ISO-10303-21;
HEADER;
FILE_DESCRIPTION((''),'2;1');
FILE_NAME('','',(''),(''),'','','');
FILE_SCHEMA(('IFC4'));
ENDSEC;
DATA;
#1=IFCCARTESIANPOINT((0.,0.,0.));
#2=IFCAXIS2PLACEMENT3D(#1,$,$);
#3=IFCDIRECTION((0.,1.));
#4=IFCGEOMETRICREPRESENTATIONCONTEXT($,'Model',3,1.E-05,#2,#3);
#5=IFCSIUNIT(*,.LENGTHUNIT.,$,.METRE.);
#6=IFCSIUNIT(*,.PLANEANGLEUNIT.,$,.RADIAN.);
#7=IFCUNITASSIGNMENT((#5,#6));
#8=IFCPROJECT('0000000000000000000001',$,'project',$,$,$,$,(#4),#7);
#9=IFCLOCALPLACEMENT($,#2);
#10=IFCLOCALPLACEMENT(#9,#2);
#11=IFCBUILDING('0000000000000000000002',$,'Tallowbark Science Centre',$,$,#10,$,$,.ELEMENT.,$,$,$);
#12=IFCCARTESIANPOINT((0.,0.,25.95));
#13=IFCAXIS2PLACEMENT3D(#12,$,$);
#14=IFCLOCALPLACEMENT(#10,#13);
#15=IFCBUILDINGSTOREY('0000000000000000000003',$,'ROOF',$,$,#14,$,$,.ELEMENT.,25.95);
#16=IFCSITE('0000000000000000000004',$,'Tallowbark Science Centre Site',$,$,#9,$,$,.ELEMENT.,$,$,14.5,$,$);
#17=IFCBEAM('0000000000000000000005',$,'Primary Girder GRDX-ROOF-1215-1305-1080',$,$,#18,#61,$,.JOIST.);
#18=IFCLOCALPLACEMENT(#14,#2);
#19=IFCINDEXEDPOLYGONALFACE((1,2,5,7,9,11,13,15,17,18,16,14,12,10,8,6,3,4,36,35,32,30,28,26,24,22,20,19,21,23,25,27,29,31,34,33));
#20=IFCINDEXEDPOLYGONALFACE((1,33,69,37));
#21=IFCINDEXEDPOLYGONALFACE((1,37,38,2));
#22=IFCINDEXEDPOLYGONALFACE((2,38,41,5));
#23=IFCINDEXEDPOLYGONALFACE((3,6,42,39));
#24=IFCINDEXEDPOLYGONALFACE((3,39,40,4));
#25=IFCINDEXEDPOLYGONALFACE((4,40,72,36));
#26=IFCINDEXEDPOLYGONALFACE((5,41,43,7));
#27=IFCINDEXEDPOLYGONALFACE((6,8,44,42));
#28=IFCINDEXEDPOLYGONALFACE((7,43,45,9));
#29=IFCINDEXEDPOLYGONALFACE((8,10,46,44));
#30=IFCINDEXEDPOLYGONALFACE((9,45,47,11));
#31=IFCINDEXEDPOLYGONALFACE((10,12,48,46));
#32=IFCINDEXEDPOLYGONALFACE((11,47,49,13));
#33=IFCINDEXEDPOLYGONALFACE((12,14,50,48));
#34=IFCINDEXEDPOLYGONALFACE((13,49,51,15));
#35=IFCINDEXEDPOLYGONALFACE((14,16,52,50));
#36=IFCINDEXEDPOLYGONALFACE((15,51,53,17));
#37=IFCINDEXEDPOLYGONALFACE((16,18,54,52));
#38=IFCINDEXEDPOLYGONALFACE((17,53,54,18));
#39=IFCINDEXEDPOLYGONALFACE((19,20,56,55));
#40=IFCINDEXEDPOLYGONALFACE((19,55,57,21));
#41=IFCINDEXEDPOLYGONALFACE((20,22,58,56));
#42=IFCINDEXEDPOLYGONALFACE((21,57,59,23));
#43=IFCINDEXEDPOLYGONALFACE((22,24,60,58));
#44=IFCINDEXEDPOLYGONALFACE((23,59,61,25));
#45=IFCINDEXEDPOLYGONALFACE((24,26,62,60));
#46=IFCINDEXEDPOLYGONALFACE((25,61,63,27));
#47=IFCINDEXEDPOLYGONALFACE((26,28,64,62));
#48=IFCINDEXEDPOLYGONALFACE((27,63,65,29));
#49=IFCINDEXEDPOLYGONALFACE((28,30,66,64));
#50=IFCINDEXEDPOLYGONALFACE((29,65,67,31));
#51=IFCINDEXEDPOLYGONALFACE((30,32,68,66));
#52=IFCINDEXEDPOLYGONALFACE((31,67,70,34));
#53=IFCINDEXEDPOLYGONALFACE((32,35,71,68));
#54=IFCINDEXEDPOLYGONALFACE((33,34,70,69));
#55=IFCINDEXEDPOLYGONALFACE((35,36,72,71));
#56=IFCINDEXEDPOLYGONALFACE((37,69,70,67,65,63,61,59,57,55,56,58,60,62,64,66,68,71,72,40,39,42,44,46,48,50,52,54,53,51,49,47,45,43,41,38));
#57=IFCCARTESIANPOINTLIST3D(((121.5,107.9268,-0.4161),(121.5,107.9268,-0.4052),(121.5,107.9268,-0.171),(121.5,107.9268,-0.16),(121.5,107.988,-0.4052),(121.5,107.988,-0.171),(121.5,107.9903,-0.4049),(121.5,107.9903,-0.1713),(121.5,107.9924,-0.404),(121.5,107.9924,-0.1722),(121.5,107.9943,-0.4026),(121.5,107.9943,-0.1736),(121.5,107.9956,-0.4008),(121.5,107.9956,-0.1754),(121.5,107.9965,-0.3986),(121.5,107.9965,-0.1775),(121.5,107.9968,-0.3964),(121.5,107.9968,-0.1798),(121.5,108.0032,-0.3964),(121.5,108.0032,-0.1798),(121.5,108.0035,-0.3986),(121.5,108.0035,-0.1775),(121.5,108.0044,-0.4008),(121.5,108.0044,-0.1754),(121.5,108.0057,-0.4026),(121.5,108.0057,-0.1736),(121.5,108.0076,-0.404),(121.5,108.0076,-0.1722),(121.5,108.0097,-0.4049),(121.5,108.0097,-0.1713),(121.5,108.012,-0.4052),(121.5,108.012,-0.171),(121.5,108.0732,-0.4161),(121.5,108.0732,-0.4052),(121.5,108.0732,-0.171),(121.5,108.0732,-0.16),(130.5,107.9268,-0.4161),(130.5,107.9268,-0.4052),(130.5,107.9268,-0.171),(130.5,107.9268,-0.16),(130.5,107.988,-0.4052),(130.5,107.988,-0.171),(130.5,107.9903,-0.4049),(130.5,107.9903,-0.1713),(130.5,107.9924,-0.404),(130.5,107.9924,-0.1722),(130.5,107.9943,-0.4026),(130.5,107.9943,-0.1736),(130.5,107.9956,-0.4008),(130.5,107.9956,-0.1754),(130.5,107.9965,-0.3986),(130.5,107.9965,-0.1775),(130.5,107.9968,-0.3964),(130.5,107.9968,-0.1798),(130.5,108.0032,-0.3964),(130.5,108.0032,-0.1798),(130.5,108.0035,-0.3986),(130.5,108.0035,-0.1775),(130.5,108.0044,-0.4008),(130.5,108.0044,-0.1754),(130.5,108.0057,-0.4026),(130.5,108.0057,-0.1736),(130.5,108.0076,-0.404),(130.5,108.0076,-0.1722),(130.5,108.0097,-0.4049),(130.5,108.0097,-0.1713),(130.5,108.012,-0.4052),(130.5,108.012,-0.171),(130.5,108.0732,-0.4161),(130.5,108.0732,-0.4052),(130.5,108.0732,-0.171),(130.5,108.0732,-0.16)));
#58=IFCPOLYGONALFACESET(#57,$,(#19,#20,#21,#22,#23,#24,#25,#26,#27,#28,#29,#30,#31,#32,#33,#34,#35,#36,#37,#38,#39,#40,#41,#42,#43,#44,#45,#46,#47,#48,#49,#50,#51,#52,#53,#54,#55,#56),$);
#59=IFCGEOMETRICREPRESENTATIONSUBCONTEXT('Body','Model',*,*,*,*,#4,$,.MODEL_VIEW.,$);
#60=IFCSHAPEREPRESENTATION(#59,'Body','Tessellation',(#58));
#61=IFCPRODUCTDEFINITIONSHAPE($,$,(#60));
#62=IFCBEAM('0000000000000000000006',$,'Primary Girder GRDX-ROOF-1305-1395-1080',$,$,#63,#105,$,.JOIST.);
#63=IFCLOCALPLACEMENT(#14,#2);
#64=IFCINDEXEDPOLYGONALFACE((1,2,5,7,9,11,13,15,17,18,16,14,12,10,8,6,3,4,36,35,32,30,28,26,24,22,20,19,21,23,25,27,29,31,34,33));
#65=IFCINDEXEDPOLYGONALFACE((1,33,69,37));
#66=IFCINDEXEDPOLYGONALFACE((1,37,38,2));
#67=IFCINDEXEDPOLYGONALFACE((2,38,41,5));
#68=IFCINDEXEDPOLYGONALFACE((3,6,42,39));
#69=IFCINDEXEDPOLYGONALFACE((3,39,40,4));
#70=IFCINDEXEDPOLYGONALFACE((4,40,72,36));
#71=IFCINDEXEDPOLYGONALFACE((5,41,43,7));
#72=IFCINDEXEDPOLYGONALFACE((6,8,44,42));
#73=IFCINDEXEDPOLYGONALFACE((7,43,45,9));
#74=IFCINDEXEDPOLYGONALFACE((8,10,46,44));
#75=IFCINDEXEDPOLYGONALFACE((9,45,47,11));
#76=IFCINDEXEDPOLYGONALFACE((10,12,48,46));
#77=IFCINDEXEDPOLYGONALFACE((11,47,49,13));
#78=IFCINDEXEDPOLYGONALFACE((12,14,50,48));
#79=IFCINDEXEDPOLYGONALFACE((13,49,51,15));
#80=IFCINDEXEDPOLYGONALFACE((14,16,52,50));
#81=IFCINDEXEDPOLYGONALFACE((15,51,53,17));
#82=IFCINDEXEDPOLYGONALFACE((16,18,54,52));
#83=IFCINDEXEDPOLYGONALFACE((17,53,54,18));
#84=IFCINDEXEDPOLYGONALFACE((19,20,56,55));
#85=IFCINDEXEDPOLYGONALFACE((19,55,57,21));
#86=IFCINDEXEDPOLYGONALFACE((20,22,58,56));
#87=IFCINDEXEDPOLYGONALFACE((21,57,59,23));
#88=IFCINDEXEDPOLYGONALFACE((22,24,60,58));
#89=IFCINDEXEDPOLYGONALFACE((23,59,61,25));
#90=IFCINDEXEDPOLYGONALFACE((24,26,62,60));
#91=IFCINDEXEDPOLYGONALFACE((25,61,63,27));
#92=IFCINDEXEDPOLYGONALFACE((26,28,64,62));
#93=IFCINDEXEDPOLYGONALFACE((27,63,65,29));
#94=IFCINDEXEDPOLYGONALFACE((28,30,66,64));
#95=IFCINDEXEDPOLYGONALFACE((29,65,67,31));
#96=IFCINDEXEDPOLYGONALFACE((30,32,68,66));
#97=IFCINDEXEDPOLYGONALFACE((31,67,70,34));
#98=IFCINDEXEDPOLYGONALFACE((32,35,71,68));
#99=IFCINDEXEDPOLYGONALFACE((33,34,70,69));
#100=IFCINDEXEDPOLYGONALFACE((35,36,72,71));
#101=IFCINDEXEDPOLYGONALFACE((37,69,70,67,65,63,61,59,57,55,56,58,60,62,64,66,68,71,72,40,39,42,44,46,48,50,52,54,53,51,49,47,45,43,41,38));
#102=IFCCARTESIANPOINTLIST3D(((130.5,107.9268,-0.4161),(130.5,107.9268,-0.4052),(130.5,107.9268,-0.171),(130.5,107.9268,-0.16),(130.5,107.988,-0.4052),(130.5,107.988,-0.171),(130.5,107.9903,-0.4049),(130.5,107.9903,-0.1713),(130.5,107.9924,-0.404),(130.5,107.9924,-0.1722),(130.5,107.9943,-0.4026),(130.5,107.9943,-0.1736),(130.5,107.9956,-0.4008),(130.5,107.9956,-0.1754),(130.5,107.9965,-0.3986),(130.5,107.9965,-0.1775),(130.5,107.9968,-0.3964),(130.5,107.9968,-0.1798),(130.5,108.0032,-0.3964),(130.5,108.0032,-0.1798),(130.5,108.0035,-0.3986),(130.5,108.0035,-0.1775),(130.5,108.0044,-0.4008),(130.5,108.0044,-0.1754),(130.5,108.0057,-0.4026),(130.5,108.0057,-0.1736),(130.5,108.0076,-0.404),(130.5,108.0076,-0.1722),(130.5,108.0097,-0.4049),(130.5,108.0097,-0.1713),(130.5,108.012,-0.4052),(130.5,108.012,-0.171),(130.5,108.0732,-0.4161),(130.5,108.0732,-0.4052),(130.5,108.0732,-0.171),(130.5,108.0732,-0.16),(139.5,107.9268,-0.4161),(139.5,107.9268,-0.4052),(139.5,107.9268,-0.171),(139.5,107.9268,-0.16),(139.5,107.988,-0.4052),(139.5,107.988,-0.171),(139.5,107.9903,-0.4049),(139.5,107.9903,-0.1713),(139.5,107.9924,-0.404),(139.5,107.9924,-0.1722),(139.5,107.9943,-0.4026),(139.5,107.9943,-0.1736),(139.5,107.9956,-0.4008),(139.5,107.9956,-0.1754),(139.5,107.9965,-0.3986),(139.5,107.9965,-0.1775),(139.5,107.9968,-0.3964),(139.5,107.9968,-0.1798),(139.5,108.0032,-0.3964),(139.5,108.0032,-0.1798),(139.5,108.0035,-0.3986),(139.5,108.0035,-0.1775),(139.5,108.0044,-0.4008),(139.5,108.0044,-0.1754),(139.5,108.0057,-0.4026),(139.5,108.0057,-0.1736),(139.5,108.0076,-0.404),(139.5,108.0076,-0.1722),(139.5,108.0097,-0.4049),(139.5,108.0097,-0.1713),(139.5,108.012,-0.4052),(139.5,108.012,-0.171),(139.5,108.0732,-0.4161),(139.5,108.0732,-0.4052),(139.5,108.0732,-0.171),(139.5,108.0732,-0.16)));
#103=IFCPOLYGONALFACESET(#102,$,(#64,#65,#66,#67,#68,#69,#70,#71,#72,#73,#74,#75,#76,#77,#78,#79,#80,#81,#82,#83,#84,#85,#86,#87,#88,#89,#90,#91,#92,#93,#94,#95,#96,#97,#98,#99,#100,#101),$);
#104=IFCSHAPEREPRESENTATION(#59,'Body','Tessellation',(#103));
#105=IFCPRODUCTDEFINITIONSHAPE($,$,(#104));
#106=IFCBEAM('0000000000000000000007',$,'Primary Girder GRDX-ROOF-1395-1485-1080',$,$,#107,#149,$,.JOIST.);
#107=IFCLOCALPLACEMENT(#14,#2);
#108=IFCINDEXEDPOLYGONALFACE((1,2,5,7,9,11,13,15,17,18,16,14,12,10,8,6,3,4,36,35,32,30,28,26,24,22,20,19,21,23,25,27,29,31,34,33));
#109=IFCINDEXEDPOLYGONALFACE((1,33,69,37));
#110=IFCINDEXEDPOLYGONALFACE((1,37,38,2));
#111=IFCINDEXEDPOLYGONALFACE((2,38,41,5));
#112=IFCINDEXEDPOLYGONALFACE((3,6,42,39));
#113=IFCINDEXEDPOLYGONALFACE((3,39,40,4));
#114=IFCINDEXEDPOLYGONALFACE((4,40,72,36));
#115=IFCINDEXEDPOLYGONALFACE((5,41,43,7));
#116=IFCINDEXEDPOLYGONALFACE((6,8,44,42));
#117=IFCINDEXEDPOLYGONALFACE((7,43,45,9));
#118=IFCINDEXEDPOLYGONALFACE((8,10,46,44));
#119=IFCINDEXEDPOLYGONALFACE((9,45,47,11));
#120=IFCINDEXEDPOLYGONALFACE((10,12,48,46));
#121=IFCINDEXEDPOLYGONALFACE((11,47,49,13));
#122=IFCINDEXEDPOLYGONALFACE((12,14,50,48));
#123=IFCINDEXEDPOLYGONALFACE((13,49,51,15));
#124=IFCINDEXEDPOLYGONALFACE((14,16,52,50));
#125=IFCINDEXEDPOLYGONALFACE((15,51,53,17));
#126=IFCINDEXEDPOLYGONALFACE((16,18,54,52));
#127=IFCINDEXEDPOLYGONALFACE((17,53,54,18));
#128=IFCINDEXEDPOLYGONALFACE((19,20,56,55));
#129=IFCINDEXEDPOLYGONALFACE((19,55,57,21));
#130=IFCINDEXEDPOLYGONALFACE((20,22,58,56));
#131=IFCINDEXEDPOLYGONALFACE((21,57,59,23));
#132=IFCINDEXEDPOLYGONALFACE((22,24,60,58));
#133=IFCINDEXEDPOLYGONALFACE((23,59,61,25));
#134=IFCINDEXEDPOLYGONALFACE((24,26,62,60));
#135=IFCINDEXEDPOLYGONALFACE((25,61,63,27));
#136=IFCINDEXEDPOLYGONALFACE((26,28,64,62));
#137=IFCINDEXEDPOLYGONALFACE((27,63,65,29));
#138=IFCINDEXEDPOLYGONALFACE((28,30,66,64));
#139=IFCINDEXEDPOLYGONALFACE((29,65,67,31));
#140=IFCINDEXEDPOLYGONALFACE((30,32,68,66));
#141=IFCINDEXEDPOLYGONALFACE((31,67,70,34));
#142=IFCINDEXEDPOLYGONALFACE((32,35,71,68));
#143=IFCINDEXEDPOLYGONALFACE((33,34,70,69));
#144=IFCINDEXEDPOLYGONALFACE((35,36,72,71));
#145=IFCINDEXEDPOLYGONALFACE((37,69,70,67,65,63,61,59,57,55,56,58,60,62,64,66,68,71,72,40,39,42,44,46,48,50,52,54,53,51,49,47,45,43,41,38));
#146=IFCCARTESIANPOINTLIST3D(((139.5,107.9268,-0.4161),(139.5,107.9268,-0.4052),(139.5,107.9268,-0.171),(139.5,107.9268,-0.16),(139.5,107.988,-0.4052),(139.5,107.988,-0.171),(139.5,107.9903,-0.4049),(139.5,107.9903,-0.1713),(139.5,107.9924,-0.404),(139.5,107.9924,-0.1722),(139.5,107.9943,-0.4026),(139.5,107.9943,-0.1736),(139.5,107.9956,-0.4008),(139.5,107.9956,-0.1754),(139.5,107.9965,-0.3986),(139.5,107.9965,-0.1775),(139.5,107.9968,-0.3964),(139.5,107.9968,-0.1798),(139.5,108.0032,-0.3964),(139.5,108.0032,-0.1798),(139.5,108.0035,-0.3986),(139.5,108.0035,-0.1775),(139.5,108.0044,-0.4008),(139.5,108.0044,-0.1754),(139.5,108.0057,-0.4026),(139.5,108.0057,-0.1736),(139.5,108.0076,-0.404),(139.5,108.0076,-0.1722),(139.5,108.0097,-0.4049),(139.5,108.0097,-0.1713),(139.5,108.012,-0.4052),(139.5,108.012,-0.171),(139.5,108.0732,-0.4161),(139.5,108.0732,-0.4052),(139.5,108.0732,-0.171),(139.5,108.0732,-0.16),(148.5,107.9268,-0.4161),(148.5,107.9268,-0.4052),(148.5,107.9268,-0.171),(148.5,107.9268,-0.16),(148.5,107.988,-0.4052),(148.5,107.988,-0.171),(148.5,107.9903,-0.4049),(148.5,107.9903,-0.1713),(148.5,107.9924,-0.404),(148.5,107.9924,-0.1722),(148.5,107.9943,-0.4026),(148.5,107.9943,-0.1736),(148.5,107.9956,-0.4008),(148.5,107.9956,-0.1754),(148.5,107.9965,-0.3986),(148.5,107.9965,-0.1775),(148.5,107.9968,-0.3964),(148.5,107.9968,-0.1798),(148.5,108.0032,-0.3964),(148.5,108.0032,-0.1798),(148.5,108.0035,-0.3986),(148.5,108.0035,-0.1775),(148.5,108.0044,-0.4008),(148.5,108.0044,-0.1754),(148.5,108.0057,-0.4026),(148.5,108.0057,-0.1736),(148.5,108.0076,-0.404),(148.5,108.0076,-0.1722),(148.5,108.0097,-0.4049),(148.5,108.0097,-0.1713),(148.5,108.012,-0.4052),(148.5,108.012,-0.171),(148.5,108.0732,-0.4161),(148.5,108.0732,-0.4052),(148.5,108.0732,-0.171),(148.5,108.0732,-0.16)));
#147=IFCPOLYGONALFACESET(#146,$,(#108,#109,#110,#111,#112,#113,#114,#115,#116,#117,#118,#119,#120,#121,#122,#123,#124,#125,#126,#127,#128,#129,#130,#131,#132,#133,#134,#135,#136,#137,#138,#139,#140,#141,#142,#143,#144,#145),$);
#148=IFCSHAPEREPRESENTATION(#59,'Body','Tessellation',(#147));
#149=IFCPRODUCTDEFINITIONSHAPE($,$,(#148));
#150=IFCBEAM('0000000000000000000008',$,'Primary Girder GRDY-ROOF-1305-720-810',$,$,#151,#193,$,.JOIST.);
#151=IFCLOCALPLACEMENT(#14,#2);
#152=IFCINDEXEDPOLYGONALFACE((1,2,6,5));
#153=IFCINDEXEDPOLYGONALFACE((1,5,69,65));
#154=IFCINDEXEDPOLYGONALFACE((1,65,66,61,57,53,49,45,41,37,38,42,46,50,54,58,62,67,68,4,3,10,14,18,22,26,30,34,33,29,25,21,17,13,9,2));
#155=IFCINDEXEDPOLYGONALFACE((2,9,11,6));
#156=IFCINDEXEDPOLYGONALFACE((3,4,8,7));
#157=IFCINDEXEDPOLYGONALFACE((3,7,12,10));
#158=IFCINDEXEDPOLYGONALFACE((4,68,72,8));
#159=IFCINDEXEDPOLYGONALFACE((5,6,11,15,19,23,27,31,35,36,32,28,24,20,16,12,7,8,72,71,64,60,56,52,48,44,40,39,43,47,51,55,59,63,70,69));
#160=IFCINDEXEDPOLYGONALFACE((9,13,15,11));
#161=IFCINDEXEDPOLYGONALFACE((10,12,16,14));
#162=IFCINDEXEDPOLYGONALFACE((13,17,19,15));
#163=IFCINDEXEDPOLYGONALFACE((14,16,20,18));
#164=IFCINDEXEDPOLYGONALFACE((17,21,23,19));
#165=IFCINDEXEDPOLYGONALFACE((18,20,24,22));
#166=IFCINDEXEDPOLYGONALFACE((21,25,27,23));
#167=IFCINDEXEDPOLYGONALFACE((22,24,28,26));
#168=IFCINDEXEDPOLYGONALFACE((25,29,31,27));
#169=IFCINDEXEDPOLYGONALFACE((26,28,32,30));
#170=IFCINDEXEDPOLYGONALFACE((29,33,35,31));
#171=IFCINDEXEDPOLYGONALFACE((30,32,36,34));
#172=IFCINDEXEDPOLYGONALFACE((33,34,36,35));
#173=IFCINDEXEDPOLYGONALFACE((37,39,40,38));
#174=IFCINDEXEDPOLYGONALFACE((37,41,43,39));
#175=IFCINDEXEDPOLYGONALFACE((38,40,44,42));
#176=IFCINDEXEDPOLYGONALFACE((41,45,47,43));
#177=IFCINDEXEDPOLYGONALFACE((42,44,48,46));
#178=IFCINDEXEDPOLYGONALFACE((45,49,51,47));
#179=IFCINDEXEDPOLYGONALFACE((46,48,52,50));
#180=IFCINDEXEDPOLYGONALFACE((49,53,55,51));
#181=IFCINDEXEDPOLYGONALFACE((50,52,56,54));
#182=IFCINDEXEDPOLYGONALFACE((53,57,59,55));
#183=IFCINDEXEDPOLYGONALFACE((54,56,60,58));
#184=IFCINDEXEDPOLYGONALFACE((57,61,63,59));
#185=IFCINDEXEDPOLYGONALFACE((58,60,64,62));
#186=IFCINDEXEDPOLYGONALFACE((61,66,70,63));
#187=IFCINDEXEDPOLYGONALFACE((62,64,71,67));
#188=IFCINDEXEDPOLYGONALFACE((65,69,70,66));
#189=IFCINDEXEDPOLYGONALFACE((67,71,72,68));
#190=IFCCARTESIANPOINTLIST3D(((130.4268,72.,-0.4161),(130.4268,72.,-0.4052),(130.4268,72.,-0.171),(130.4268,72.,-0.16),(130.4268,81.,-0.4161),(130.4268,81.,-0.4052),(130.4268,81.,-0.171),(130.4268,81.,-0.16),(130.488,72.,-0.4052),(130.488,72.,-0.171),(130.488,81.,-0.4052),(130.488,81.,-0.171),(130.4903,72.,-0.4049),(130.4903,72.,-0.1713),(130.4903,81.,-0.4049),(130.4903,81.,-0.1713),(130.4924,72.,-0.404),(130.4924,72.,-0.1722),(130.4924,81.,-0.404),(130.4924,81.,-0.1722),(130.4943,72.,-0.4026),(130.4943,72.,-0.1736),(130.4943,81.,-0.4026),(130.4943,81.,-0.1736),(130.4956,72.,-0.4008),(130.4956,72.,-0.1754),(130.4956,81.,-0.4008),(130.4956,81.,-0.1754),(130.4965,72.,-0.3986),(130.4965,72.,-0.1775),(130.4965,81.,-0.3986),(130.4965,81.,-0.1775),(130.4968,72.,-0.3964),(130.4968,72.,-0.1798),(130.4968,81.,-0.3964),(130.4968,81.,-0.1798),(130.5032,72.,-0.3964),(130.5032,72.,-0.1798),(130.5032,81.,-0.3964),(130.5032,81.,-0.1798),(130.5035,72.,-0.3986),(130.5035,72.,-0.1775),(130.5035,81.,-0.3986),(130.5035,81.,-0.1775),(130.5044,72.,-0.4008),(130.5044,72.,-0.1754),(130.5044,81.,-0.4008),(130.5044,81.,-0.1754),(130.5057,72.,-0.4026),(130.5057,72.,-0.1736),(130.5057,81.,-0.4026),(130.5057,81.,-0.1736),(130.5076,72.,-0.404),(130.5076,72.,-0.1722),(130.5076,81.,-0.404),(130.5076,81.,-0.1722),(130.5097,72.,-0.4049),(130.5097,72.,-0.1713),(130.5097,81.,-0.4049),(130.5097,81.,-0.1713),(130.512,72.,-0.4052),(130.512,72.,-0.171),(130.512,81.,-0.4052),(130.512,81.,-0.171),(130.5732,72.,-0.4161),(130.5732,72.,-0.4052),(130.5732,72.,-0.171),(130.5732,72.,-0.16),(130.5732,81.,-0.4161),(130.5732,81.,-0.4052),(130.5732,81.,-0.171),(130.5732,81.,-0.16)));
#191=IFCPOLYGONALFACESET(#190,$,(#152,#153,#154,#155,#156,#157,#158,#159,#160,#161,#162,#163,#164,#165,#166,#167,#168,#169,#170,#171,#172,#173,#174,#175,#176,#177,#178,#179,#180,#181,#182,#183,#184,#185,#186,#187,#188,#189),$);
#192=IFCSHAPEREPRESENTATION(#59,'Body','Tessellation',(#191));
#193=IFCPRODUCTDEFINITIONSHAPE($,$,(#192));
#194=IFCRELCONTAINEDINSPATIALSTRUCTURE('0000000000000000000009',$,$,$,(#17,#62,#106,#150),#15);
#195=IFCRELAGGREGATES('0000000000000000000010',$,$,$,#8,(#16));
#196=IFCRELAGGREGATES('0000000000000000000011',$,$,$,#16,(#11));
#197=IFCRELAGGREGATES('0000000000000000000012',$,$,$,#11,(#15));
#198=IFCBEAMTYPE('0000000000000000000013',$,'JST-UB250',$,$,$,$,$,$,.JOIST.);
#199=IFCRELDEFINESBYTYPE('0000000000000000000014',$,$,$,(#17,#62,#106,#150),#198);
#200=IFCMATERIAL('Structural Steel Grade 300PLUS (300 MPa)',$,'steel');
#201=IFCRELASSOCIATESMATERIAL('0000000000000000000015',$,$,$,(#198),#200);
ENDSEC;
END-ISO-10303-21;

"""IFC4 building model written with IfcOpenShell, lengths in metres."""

from ifc_helpers import new_model, si_unit, direction, frame, origin, origin_2d, place, context, subcontext, project, spatial, i_section, extrude, material, material_profile, profile_set, type_object, element, save


model = new_model("IFC4")

# Units and contexts
model_context = context("Model", 3, precision=1e-05, world=origin(), true_north=direction((0.0, 1.0)))
body_context = subcontext(model_context, "Body", "Model", "MODEL_VIEW")
ifc_project = project(units=[si_unit("LENGTHUNIT", "METRE"), si_unit("PLANEANGLEUNIT", "RADIAN")], contexts=[model_context])

# Site, building, storey
site_placement = place(None, origin())
site = spatial("IfcSite", under=ifc_project, at=site_placement, Name="Tallowbark Science Centre Site", CompositionType="ELEMENT", RefElevation=14.5)
building_placement = place(site_placement, origin())
building = spatial("IfcBuilding", under=site, at=building_placement, Name="Tallowbark Science Centre", CompositionType="ELEMENT")
storey_placement = place(building_placement, frame((0.0, 0.0, 25.95)))
storey = spatial("IfcBuildingStorey", under=building, at=storey_placement, Name="ROOF", CompositionType="ELEMENT", Elevation=25.95)

# Beams
ifc_material_1 = material(Name="Structural Steel Grade 300PLUS (300 MPa)", Category="steel")
ifc_material_profile_1 = material_profile(ifc_material_1, i_section(OverallWidth=0.1465, OverallDepth=0.2561, WebThickness=0.0063, FlangeThickness=0.011, FilletRadius=0.0088, at=origin_2d()), Name="250UB37.3")
ifc_profile_set_1 = profile_set([ifc_material_profile_1], Name="Structural Steel Grade 300PLUS (300 MPa)")
beam_type_1 = type_object("IfcBeamType", Name="JST-UB250", PredefinedType="JOIST", material=ifc_profile_set_1)
for number, where, z_axis, x_axis, name in (
    (1, (121.5, 108.0, -0.2881), (1.0, 0.0, 0.0), (0.0, 1.0, 0.0), "Primary Girder GRDX-ROOF-1215-1305-1080"),
    (2, (130.5, 108.0, -0.2881), (1.0, 0.0, 0.0), (0.0, 1.0, 0.0), "Primary Girder GRDX-ROOF-1305-1395-1080"),
    (3, (139.5, 108.0, -0.2881), (1.0, 0.0, 0.0), (0.0, 1.0, 0.0), "Primary Girder GRDX-ROOF-1395-1485-1080"),
    (4, (130.5, 72.0, -0.2881), (0.0, 1.0, 0.0), (-1.0, 0.0, 0.0), "Primary Girder GRDY-ROOF-1305-720-810"),
):
    element("IfcBeam", number, at=place(storey_placement, frame(where, z_axis=z_axis, x_axis=x_axis)), inside=storey, type_object=beam_type_1, Name=name, PredefinedType="JOIST", context=body_context, shape_type="SweptSolid", body=[
        extrude(i_section(OverallWidth=0.1465, OverallDepth=0.2561, WebThickness=0.0063, FlangeThickness=0.011, FilletRadius=0.0088, at=origin_2d()), origin(), (0.0, 0.0, 1.0), 9.0),
    ])

save(model, "model.ifc")
